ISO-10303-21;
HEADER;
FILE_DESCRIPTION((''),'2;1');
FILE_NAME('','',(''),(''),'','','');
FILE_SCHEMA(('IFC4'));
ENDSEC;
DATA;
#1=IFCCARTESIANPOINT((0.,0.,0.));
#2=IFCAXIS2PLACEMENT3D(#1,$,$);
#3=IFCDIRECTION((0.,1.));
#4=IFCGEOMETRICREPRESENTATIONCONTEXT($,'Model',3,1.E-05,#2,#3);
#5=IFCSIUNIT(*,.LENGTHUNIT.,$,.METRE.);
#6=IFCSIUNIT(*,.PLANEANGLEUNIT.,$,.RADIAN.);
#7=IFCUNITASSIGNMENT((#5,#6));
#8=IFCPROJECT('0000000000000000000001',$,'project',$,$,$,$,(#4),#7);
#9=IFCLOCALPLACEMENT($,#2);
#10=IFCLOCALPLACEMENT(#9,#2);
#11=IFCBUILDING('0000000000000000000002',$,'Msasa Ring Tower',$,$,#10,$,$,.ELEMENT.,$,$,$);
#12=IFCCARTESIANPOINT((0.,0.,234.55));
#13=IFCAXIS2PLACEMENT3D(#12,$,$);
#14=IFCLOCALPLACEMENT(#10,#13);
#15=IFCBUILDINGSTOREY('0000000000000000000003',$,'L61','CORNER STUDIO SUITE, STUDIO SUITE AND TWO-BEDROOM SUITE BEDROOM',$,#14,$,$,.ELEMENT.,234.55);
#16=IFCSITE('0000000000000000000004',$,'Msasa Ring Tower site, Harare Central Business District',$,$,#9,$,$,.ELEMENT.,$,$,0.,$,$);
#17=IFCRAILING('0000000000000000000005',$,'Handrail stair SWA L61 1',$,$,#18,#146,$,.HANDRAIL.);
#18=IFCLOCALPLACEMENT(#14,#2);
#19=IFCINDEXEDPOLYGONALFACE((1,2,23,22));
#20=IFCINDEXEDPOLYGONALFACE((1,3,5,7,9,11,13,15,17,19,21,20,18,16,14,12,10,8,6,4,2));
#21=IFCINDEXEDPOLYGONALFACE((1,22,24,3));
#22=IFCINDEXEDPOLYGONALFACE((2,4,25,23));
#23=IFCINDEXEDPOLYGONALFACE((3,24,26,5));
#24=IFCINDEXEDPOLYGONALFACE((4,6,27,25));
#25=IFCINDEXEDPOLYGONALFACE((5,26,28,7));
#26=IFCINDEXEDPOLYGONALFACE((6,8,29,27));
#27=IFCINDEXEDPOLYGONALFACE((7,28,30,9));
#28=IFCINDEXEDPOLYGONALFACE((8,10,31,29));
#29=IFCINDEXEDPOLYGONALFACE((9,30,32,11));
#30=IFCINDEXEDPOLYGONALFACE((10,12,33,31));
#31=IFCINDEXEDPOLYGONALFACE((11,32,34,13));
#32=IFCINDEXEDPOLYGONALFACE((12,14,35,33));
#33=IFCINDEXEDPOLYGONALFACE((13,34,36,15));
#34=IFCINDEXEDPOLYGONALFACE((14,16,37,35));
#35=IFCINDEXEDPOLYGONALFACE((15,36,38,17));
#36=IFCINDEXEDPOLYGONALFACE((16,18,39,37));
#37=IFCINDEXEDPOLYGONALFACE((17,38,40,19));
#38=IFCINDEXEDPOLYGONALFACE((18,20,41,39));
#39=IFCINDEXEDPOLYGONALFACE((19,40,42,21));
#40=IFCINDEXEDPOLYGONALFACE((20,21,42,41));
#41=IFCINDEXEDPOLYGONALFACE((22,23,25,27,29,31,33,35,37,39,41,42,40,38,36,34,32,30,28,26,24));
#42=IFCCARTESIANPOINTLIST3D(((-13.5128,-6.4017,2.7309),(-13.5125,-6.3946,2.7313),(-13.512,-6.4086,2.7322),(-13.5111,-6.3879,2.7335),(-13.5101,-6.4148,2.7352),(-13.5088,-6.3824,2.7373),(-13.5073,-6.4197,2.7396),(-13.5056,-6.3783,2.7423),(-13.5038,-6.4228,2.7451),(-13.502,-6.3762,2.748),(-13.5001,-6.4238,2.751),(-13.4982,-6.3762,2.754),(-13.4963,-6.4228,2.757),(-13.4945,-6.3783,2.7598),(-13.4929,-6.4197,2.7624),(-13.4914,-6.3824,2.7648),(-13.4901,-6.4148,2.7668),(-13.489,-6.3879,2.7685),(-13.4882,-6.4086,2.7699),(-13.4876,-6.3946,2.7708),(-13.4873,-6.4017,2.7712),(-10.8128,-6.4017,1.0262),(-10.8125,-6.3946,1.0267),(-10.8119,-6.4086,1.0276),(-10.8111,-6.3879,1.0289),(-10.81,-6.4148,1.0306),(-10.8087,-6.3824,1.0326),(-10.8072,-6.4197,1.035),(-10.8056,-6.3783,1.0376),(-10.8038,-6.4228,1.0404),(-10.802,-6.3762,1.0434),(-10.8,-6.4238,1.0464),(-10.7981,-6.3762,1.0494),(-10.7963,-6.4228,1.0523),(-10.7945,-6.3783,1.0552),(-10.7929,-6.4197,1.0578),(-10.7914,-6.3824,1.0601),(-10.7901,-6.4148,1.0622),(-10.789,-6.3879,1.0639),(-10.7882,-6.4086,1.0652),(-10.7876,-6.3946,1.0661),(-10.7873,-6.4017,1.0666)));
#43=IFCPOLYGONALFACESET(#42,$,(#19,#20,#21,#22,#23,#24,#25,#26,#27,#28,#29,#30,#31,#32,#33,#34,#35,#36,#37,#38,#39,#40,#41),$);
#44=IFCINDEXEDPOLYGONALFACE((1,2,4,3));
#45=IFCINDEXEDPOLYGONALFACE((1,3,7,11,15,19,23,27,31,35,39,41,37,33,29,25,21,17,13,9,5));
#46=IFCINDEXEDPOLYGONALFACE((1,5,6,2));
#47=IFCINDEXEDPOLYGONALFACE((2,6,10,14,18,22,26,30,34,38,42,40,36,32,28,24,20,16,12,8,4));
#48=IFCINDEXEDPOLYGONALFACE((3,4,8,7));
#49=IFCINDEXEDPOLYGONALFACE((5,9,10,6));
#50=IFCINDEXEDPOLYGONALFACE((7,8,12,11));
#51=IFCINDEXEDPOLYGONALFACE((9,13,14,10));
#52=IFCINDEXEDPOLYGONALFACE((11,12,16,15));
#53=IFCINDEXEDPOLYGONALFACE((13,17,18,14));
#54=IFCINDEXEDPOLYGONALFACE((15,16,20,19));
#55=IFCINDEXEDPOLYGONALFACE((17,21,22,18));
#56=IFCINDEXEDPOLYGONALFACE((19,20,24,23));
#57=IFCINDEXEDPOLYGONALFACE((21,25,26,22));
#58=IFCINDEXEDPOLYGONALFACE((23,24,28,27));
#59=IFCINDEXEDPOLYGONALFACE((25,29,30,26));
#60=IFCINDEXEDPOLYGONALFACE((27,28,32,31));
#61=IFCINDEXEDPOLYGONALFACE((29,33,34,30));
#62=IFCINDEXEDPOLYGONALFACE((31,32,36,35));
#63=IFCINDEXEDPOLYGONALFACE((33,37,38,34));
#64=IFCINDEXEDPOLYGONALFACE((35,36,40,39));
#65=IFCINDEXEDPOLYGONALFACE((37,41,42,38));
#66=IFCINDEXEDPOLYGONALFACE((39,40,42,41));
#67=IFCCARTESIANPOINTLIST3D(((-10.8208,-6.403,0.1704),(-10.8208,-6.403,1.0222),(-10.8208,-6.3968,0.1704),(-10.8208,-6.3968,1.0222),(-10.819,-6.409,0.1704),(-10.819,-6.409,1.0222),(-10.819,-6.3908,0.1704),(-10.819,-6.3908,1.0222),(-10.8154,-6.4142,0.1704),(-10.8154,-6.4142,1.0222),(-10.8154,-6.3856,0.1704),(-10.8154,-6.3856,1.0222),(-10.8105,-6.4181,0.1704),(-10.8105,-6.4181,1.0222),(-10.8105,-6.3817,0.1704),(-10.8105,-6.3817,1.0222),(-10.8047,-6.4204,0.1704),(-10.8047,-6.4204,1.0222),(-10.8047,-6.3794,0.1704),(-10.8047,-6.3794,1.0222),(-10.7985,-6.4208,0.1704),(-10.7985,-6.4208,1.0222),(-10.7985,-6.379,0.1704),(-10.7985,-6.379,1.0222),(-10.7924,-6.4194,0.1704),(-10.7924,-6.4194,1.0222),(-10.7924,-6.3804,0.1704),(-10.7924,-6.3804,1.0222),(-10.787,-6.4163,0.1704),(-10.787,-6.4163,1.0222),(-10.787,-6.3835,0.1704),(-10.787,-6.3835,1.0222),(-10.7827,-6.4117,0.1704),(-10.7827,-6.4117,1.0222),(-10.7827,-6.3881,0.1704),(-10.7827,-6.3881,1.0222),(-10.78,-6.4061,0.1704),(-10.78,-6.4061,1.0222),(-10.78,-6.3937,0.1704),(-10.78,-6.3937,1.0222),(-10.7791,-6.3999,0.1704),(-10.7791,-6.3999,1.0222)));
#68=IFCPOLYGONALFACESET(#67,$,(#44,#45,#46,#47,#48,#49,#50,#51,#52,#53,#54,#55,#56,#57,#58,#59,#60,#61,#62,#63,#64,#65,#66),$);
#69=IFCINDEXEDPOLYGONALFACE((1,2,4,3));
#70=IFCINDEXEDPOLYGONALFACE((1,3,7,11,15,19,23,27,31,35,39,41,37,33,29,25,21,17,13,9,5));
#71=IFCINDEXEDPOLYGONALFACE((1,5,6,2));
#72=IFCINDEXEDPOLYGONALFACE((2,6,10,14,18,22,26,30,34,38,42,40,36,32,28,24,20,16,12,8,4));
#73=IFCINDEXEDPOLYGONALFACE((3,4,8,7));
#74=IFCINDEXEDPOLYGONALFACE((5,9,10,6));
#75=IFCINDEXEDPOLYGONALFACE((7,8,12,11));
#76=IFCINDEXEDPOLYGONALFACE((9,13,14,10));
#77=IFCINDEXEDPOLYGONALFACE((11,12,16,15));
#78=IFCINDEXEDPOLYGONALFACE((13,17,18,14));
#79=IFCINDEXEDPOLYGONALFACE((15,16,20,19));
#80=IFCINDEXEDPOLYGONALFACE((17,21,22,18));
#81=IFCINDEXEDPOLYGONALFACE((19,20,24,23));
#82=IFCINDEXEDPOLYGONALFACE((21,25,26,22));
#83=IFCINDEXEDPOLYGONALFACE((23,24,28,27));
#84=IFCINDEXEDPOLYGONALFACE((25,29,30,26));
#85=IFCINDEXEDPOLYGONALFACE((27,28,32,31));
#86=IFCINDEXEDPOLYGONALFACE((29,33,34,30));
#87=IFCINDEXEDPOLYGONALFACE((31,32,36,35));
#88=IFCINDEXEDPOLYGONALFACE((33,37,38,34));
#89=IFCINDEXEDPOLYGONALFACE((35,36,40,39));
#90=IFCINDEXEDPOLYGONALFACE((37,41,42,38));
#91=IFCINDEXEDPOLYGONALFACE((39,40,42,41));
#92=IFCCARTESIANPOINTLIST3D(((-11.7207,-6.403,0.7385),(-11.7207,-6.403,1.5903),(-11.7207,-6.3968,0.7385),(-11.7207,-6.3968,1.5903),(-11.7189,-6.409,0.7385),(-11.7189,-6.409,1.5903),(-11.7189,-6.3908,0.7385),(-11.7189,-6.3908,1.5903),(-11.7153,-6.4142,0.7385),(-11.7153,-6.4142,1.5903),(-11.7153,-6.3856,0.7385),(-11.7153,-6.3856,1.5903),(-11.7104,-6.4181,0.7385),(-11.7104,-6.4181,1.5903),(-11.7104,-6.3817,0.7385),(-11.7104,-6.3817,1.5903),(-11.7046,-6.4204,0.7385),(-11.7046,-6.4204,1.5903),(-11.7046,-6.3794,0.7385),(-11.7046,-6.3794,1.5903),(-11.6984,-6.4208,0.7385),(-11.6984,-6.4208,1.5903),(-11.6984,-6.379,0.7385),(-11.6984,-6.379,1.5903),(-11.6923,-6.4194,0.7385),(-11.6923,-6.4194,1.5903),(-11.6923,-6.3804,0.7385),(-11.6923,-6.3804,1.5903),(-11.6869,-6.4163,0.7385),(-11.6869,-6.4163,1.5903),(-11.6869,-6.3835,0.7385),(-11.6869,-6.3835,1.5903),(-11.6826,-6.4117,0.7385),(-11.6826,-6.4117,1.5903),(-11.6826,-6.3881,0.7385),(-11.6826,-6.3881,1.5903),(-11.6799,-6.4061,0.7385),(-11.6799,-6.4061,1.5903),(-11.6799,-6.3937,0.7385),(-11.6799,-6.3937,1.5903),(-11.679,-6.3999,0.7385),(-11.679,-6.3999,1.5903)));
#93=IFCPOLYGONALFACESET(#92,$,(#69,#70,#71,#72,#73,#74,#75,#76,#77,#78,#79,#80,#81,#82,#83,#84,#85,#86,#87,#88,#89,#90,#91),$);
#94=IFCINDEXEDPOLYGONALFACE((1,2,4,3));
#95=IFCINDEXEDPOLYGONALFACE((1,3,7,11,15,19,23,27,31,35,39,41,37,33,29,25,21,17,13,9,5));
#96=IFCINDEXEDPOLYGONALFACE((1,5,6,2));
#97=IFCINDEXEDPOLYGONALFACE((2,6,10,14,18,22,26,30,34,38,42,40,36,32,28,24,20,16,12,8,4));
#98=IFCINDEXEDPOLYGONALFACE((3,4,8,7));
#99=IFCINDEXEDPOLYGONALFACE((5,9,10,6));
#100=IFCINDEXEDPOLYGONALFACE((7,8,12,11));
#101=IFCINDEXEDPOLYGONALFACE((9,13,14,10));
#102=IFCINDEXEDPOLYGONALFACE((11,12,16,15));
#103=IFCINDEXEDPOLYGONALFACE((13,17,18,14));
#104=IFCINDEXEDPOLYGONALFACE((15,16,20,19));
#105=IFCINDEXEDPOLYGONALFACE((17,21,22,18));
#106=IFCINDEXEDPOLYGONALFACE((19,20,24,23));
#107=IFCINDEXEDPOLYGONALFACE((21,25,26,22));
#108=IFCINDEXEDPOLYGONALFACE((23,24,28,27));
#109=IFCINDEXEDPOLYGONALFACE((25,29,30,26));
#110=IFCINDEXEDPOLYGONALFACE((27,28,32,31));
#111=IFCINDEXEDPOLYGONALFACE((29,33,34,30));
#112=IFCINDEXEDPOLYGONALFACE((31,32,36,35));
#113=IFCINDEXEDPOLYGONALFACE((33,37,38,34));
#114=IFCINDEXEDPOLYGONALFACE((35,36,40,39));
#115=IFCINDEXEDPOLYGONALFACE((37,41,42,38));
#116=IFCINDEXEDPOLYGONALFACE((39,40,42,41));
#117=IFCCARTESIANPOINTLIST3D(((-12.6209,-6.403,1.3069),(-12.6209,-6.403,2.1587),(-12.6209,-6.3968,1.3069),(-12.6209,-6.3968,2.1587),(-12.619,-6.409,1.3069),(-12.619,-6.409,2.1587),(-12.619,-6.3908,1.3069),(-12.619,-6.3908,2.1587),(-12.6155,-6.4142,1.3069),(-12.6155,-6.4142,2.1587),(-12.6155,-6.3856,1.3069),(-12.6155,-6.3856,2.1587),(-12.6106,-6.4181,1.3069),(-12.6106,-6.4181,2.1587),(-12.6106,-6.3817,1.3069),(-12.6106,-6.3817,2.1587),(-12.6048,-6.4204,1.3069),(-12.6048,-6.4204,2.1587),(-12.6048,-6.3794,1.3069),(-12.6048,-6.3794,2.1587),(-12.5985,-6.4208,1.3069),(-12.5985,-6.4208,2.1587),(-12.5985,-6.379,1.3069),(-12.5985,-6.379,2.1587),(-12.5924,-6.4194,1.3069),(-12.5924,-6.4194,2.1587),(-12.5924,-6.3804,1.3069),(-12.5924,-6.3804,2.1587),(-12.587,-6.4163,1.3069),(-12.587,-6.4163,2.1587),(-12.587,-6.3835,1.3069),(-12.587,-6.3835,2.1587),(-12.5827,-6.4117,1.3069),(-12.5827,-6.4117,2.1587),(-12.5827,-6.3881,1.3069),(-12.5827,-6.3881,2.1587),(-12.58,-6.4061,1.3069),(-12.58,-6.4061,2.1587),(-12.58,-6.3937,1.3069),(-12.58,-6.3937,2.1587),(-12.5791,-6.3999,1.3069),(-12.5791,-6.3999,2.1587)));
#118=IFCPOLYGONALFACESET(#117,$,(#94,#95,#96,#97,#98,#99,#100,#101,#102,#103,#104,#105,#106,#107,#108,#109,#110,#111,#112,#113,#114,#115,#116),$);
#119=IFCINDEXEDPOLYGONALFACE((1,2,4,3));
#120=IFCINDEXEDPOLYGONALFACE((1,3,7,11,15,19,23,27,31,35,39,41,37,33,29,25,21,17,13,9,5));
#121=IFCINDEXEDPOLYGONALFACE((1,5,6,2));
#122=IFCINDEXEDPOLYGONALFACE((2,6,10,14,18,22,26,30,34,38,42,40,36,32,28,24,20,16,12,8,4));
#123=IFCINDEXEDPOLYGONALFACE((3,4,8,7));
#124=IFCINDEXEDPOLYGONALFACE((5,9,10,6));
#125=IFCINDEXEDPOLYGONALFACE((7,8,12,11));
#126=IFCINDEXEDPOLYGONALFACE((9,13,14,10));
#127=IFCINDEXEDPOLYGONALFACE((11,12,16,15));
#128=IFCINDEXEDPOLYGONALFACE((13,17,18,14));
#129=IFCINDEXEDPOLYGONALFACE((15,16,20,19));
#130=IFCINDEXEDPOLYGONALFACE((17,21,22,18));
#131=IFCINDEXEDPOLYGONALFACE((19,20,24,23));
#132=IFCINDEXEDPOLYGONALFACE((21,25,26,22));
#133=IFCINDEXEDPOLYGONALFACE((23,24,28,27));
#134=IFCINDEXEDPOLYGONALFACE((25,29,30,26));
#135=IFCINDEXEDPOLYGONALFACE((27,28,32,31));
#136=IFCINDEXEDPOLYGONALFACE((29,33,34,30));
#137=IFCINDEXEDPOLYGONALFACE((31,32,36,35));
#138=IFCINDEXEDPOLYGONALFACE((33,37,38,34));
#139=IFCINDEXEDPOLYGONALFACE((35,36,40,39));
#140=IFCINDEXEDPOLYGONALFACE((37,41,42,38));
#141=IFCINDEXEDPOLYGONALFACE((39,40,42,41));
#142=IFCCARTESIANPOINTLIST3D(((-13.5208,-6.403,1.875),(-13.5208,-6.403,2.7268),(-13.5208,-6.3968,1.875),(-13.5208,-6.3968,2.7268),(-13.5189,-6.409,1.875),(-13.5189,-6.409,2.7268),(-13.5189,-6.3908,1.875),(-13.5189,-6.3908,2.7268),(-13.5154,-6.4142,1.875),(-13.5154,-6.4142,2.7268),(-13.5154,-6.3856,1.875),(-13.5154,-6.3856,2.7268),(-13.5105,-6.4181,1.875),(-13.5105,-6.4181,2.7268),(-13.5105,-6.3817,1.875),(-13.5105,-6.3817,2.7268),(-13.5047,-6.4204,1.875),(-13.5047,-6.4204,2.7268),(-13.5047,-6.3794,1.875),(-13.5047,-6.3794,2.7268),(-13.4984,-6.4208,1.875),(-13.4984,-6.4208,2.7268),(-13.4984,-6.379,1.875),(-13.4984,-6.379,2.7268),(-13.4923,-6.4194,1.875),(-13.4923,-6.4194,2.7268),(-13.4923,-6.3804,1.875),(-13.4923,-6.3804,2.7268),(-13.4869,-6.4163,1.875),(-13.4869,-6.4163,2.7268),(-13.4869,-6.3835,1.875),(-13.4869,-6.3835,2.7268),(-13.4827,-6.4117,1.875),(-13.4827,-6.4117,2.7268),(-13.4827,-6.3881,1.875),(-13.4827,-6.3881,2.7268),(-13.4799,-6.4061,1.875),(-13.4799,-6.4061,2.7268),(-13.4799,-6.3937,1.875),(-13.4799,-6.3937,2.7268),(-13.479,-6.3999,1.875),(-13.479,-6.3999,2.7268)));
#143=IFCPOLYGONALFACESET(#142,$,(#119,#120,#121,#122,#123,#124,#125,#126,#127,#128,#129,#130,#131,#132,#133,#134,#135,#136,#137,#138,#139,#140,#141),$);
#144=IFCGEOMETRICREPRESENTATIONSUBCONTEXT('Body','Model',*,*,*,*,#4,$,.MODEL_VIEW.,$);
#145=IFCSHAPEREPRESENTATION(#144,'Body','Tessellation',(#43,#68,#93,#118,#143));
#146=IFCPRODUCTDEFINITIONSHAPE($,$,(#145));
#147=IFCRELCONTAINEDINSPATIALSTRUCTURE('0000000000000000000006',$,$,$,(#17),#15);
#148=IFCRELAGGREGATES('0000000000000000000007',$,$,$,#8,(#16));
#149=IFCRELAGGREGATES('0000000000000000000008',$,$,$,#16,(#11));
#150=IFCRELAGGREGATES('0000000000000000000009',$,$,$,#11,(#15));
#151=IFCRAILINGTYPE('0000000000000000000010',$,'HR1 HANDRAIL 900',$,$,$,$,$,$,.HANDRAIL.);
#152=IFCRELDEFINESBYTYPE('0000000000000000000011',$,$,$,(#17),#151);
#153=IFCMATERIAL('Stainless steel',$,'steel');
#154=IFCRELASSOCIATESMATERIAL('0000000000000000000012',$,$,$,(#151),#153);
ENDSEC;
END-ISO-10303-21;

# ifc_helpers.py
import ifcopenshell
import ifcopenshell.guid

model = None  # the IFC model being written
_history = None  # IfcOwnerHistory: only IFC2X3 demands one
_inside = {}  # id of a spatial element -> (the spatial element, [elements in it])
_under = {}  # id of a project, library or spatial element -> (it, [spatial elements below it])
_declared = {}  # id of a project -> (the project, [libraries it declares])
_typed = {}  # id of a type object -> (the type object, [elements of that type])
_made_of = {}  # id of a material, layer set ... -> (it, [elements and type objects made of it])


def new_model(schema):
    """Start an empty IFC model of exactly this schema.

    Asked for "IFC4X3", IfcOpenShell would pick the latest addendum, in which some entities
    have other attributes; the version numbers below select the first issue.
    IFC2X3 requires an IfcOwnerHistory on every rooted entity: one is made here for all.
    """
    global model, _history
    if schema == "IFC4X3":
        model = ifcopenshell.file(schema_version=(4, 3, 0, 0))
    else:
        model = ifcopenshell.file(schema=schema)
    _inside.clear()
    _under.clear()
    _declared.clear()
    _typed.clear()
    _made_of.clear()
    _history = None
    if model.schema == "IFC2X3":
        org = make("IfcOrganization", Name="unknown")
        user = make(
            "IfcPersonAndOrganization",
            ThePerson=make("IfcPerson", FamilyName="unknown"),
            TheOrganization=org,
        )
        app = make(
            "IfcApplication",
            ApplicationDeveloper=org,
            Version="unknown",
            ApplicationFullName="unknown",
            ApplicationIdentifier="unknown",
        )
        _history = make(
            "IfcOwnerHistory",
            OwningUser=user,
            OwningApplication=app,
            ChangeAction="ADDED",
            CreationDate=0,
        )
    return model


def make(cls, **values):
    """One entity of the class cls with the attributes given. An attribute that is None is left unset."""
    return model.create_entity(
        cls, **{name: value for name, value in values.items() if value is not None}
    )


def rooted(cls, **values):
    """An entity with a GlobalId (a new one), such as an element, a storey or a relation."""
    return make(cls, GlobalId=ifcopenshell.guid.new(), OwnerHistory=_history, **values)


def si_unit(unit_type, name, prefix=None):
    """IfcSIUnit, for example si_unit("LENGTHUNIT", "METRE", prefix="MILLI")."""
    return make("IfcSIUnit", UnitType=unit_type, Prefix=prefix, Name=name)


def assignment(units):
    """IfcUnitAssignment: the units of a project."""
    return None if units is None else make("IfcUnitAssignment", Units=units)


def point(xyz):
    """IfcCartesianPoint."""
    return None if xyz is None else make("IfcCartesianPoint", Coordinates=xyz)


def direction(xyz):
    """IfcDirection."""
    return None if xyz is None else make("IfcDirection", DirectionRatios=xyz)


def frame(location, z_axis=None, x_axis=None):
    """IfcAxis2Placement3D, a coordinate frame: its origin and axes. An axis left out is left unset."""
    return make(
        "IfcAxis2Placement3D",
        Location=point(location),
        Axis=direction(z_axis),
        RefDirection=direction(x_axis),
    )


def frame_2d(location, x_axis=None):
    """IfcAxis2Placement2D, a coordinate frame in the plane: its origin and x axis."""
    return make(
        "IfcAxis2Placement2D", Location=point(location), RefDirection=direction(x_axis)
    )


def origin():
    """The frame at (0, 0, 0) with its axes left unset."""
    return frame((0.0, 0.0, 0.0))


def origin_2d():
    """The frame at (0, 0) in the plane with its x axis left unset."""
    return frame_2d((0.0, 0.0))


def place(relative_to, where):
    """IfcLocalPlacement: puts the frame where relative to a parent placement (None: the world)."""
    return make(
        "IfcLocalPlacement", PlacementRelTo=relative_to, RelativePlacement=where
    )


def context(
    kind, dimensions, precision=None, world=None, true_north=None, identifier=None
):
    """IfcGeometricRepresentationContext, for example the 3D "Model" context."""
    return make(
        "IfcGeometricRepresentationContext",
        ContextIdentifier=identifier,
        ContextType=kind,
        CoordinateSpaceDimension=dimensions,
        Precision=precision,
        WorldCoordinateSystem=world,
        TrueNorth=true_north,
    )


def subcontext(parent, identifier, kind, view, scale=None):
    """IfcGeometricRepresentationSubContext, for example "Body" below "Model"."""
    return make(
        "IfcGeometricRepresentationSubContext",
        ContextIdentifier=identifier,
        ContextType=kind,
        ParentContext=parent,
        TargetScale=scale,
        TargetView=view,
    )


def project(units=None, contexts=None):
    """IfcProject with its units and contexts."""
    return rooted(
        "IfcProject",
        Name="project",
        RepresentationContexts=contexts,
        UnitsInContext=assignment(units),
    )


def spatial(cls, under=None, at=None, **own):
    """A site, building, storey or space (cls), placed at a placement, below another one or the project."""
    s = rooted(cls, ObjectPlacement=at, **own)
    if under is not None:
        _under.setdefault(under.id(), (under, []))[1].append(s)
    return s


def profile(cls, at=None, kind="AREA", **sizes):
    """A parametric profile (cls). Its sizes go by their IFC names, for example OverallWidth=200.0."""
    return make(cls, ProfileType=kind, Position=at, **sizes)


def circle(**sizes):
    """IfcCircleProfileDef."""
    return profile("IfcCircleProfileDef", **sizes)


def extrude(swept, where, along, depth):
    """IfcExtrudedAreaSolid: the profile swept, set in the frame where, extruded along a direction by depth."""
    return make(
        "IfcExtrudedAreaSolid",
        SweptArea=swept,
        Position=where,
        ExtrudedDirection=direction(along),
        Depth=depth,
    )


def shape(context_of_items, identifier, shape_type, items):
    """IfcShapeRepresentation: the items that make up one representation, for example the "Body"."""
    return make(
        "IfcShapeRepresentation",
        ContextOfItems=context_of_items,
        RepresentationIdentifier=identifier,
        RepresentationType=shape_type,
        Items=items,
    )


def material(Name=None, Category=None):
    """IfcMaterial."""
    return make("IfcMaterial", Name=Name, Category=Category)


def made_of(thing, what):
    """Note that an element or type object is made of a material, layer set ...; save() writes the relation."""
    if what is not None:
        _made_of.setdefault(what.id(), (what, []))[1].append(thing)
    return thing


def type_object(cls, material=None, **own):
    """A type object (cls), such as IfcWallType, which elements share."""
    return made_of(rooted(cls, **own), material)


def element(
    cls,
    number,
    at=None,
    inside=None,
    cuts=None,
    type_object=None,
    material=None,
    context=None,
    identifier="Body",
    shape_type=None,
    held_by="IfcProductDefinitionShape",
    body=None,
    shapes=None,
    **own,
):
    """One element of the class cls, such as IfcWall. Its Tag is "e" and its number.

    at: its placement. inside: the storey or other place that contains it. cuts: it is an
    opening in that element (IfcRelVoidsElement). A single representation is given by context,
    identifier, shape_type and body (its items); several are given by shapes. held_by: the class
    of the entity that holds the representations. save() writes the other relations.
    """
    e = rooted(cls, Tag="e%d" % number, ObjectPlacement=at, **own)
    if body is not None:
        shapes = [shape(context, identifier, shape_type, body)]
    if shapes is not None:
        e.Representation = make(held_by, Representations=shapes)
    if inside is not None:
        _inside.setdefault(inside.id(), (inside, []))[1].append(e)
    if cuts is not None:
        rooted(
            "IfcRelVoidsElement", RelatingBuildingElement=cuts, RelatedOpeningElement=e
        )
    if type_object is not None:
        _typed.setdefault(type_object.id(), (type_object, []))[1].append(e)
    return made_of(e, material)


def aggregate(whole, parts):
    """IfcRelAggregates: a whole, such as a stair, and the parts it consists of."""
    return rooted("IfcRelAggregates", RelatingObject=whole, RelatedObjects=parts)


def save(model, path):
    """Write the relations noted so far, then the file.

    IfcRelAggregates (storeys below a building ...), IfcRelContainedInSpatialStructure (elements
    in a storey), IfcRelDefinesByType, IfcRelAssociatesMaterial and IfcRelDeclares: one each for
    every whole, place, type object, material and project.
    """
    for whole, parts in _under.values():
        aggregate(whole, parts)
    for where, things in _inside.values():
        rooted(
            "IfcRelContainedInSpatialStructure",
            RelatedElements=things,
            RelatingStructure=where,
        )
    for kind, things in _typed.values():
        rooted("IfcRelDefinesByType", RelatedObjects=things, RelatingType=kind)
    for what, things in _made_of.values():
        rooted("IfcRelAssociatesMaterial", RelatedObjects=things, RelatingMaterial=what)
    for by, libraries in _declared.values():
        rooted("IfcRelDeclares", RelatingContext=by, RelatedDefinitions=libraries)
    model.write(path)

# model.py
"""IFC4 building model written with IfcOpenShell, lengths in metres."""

from ifc_helpers import new_model, si_unit, direction, frame, origin, origin_2d, place, context, subcontext, project, spatial, circle, extrude, material, type_object, element, save


model = new_model("IFC4")

# Units and contexts
model_context = context("Model", 3, precision=1e-05, world=origin(), true_north=direction((0.0, 1.0)))
body_context = subcontext(model_context, "Body", "Model", "MODEL_VIEW")
ifc_project = project(units=[si_unit("LENGTHUNIT", "METRE"), si_unit("PLANEANGLEUNIT", "RADIAN")], contexts=[model_context])

# Site, building, storey
site_placement = place(None, origin())
site = spatial("IfcSite", under=ifc_project, at=site_placement, Name="Msasa Ring Tower site, Harare Central Business District", CompositionType="ELEMENT", RefElevation=0.0)
building_placement = place(site_placement, origin())
building = spatial("IfcBuilding", under=site, at=building_placement, Name="Msasa Ring Tower", CompositionType="ELEMENT")
storey_placement = place(building_placement, frame((0.0, 0.0, 234.55)))
storey = spatial("IfcBuildingStorey", under=building, at=storey_placement, Name="L61", Description="CORNER STUDIO SUITE, STUDIO SUITE AND TWO-BEDROOM SUITE BEDROOM", CompositionType="ELEMENT", Elevation=234.55)

# Railing
ifc_material_1 = material(Name="Stainless steel", Category="steel")
railing_type = type_object("IfcRailingType", Name="HR1 HANDRAIL 900", PredefinedType="HANDRAIL", material=ifc_material_1)
for number, where, name in (
    (1, (-10.8, -6.3999, 0.1704), "Handrail stair SWA L61 1"),
):
    element("IfcRailing", number, at=place(storey_placement, frame(where)), inside=storey, type_object=railing_type, Name=name, PredefinedType="HANDRAIL", context=body_context, shape_type="SweptSolid", body=[
        extrude(circle(Radius=0.0239, at=origin_2d()), frame((0.0, 0.0, 0.876), z_axis=(-0.84558, 0.0, 0.533849), x_axis=(0.0, -1.0, 0.0)), (0.0, 0.0, 1.0), 3.1931),
        extrude(circle(Radius=0.021, at=origin_2d()), origin(), (0.0, 0.0, 1.0), 0.8518),
        extrude(circle(Radius=0.021, at=origin_2d()), frame((-0.8999, 0.0, 0.5681)), (0.0, 0.0, 1.0), 0.8518),
        extrude(circle(Radius=0.021, at=origin_2d()), frame((-1.8, 0.0, 1.1365)), (0.0, 0.0, 1.0), 0.8518),
        extrude(circle(Radius=0.021, at=origin_2d()), frame((-2.7, 0.0, 1.7046)), (0.0, 0.0, 1.0), 0.8518),
    ])

save(model, "model.ifc")
